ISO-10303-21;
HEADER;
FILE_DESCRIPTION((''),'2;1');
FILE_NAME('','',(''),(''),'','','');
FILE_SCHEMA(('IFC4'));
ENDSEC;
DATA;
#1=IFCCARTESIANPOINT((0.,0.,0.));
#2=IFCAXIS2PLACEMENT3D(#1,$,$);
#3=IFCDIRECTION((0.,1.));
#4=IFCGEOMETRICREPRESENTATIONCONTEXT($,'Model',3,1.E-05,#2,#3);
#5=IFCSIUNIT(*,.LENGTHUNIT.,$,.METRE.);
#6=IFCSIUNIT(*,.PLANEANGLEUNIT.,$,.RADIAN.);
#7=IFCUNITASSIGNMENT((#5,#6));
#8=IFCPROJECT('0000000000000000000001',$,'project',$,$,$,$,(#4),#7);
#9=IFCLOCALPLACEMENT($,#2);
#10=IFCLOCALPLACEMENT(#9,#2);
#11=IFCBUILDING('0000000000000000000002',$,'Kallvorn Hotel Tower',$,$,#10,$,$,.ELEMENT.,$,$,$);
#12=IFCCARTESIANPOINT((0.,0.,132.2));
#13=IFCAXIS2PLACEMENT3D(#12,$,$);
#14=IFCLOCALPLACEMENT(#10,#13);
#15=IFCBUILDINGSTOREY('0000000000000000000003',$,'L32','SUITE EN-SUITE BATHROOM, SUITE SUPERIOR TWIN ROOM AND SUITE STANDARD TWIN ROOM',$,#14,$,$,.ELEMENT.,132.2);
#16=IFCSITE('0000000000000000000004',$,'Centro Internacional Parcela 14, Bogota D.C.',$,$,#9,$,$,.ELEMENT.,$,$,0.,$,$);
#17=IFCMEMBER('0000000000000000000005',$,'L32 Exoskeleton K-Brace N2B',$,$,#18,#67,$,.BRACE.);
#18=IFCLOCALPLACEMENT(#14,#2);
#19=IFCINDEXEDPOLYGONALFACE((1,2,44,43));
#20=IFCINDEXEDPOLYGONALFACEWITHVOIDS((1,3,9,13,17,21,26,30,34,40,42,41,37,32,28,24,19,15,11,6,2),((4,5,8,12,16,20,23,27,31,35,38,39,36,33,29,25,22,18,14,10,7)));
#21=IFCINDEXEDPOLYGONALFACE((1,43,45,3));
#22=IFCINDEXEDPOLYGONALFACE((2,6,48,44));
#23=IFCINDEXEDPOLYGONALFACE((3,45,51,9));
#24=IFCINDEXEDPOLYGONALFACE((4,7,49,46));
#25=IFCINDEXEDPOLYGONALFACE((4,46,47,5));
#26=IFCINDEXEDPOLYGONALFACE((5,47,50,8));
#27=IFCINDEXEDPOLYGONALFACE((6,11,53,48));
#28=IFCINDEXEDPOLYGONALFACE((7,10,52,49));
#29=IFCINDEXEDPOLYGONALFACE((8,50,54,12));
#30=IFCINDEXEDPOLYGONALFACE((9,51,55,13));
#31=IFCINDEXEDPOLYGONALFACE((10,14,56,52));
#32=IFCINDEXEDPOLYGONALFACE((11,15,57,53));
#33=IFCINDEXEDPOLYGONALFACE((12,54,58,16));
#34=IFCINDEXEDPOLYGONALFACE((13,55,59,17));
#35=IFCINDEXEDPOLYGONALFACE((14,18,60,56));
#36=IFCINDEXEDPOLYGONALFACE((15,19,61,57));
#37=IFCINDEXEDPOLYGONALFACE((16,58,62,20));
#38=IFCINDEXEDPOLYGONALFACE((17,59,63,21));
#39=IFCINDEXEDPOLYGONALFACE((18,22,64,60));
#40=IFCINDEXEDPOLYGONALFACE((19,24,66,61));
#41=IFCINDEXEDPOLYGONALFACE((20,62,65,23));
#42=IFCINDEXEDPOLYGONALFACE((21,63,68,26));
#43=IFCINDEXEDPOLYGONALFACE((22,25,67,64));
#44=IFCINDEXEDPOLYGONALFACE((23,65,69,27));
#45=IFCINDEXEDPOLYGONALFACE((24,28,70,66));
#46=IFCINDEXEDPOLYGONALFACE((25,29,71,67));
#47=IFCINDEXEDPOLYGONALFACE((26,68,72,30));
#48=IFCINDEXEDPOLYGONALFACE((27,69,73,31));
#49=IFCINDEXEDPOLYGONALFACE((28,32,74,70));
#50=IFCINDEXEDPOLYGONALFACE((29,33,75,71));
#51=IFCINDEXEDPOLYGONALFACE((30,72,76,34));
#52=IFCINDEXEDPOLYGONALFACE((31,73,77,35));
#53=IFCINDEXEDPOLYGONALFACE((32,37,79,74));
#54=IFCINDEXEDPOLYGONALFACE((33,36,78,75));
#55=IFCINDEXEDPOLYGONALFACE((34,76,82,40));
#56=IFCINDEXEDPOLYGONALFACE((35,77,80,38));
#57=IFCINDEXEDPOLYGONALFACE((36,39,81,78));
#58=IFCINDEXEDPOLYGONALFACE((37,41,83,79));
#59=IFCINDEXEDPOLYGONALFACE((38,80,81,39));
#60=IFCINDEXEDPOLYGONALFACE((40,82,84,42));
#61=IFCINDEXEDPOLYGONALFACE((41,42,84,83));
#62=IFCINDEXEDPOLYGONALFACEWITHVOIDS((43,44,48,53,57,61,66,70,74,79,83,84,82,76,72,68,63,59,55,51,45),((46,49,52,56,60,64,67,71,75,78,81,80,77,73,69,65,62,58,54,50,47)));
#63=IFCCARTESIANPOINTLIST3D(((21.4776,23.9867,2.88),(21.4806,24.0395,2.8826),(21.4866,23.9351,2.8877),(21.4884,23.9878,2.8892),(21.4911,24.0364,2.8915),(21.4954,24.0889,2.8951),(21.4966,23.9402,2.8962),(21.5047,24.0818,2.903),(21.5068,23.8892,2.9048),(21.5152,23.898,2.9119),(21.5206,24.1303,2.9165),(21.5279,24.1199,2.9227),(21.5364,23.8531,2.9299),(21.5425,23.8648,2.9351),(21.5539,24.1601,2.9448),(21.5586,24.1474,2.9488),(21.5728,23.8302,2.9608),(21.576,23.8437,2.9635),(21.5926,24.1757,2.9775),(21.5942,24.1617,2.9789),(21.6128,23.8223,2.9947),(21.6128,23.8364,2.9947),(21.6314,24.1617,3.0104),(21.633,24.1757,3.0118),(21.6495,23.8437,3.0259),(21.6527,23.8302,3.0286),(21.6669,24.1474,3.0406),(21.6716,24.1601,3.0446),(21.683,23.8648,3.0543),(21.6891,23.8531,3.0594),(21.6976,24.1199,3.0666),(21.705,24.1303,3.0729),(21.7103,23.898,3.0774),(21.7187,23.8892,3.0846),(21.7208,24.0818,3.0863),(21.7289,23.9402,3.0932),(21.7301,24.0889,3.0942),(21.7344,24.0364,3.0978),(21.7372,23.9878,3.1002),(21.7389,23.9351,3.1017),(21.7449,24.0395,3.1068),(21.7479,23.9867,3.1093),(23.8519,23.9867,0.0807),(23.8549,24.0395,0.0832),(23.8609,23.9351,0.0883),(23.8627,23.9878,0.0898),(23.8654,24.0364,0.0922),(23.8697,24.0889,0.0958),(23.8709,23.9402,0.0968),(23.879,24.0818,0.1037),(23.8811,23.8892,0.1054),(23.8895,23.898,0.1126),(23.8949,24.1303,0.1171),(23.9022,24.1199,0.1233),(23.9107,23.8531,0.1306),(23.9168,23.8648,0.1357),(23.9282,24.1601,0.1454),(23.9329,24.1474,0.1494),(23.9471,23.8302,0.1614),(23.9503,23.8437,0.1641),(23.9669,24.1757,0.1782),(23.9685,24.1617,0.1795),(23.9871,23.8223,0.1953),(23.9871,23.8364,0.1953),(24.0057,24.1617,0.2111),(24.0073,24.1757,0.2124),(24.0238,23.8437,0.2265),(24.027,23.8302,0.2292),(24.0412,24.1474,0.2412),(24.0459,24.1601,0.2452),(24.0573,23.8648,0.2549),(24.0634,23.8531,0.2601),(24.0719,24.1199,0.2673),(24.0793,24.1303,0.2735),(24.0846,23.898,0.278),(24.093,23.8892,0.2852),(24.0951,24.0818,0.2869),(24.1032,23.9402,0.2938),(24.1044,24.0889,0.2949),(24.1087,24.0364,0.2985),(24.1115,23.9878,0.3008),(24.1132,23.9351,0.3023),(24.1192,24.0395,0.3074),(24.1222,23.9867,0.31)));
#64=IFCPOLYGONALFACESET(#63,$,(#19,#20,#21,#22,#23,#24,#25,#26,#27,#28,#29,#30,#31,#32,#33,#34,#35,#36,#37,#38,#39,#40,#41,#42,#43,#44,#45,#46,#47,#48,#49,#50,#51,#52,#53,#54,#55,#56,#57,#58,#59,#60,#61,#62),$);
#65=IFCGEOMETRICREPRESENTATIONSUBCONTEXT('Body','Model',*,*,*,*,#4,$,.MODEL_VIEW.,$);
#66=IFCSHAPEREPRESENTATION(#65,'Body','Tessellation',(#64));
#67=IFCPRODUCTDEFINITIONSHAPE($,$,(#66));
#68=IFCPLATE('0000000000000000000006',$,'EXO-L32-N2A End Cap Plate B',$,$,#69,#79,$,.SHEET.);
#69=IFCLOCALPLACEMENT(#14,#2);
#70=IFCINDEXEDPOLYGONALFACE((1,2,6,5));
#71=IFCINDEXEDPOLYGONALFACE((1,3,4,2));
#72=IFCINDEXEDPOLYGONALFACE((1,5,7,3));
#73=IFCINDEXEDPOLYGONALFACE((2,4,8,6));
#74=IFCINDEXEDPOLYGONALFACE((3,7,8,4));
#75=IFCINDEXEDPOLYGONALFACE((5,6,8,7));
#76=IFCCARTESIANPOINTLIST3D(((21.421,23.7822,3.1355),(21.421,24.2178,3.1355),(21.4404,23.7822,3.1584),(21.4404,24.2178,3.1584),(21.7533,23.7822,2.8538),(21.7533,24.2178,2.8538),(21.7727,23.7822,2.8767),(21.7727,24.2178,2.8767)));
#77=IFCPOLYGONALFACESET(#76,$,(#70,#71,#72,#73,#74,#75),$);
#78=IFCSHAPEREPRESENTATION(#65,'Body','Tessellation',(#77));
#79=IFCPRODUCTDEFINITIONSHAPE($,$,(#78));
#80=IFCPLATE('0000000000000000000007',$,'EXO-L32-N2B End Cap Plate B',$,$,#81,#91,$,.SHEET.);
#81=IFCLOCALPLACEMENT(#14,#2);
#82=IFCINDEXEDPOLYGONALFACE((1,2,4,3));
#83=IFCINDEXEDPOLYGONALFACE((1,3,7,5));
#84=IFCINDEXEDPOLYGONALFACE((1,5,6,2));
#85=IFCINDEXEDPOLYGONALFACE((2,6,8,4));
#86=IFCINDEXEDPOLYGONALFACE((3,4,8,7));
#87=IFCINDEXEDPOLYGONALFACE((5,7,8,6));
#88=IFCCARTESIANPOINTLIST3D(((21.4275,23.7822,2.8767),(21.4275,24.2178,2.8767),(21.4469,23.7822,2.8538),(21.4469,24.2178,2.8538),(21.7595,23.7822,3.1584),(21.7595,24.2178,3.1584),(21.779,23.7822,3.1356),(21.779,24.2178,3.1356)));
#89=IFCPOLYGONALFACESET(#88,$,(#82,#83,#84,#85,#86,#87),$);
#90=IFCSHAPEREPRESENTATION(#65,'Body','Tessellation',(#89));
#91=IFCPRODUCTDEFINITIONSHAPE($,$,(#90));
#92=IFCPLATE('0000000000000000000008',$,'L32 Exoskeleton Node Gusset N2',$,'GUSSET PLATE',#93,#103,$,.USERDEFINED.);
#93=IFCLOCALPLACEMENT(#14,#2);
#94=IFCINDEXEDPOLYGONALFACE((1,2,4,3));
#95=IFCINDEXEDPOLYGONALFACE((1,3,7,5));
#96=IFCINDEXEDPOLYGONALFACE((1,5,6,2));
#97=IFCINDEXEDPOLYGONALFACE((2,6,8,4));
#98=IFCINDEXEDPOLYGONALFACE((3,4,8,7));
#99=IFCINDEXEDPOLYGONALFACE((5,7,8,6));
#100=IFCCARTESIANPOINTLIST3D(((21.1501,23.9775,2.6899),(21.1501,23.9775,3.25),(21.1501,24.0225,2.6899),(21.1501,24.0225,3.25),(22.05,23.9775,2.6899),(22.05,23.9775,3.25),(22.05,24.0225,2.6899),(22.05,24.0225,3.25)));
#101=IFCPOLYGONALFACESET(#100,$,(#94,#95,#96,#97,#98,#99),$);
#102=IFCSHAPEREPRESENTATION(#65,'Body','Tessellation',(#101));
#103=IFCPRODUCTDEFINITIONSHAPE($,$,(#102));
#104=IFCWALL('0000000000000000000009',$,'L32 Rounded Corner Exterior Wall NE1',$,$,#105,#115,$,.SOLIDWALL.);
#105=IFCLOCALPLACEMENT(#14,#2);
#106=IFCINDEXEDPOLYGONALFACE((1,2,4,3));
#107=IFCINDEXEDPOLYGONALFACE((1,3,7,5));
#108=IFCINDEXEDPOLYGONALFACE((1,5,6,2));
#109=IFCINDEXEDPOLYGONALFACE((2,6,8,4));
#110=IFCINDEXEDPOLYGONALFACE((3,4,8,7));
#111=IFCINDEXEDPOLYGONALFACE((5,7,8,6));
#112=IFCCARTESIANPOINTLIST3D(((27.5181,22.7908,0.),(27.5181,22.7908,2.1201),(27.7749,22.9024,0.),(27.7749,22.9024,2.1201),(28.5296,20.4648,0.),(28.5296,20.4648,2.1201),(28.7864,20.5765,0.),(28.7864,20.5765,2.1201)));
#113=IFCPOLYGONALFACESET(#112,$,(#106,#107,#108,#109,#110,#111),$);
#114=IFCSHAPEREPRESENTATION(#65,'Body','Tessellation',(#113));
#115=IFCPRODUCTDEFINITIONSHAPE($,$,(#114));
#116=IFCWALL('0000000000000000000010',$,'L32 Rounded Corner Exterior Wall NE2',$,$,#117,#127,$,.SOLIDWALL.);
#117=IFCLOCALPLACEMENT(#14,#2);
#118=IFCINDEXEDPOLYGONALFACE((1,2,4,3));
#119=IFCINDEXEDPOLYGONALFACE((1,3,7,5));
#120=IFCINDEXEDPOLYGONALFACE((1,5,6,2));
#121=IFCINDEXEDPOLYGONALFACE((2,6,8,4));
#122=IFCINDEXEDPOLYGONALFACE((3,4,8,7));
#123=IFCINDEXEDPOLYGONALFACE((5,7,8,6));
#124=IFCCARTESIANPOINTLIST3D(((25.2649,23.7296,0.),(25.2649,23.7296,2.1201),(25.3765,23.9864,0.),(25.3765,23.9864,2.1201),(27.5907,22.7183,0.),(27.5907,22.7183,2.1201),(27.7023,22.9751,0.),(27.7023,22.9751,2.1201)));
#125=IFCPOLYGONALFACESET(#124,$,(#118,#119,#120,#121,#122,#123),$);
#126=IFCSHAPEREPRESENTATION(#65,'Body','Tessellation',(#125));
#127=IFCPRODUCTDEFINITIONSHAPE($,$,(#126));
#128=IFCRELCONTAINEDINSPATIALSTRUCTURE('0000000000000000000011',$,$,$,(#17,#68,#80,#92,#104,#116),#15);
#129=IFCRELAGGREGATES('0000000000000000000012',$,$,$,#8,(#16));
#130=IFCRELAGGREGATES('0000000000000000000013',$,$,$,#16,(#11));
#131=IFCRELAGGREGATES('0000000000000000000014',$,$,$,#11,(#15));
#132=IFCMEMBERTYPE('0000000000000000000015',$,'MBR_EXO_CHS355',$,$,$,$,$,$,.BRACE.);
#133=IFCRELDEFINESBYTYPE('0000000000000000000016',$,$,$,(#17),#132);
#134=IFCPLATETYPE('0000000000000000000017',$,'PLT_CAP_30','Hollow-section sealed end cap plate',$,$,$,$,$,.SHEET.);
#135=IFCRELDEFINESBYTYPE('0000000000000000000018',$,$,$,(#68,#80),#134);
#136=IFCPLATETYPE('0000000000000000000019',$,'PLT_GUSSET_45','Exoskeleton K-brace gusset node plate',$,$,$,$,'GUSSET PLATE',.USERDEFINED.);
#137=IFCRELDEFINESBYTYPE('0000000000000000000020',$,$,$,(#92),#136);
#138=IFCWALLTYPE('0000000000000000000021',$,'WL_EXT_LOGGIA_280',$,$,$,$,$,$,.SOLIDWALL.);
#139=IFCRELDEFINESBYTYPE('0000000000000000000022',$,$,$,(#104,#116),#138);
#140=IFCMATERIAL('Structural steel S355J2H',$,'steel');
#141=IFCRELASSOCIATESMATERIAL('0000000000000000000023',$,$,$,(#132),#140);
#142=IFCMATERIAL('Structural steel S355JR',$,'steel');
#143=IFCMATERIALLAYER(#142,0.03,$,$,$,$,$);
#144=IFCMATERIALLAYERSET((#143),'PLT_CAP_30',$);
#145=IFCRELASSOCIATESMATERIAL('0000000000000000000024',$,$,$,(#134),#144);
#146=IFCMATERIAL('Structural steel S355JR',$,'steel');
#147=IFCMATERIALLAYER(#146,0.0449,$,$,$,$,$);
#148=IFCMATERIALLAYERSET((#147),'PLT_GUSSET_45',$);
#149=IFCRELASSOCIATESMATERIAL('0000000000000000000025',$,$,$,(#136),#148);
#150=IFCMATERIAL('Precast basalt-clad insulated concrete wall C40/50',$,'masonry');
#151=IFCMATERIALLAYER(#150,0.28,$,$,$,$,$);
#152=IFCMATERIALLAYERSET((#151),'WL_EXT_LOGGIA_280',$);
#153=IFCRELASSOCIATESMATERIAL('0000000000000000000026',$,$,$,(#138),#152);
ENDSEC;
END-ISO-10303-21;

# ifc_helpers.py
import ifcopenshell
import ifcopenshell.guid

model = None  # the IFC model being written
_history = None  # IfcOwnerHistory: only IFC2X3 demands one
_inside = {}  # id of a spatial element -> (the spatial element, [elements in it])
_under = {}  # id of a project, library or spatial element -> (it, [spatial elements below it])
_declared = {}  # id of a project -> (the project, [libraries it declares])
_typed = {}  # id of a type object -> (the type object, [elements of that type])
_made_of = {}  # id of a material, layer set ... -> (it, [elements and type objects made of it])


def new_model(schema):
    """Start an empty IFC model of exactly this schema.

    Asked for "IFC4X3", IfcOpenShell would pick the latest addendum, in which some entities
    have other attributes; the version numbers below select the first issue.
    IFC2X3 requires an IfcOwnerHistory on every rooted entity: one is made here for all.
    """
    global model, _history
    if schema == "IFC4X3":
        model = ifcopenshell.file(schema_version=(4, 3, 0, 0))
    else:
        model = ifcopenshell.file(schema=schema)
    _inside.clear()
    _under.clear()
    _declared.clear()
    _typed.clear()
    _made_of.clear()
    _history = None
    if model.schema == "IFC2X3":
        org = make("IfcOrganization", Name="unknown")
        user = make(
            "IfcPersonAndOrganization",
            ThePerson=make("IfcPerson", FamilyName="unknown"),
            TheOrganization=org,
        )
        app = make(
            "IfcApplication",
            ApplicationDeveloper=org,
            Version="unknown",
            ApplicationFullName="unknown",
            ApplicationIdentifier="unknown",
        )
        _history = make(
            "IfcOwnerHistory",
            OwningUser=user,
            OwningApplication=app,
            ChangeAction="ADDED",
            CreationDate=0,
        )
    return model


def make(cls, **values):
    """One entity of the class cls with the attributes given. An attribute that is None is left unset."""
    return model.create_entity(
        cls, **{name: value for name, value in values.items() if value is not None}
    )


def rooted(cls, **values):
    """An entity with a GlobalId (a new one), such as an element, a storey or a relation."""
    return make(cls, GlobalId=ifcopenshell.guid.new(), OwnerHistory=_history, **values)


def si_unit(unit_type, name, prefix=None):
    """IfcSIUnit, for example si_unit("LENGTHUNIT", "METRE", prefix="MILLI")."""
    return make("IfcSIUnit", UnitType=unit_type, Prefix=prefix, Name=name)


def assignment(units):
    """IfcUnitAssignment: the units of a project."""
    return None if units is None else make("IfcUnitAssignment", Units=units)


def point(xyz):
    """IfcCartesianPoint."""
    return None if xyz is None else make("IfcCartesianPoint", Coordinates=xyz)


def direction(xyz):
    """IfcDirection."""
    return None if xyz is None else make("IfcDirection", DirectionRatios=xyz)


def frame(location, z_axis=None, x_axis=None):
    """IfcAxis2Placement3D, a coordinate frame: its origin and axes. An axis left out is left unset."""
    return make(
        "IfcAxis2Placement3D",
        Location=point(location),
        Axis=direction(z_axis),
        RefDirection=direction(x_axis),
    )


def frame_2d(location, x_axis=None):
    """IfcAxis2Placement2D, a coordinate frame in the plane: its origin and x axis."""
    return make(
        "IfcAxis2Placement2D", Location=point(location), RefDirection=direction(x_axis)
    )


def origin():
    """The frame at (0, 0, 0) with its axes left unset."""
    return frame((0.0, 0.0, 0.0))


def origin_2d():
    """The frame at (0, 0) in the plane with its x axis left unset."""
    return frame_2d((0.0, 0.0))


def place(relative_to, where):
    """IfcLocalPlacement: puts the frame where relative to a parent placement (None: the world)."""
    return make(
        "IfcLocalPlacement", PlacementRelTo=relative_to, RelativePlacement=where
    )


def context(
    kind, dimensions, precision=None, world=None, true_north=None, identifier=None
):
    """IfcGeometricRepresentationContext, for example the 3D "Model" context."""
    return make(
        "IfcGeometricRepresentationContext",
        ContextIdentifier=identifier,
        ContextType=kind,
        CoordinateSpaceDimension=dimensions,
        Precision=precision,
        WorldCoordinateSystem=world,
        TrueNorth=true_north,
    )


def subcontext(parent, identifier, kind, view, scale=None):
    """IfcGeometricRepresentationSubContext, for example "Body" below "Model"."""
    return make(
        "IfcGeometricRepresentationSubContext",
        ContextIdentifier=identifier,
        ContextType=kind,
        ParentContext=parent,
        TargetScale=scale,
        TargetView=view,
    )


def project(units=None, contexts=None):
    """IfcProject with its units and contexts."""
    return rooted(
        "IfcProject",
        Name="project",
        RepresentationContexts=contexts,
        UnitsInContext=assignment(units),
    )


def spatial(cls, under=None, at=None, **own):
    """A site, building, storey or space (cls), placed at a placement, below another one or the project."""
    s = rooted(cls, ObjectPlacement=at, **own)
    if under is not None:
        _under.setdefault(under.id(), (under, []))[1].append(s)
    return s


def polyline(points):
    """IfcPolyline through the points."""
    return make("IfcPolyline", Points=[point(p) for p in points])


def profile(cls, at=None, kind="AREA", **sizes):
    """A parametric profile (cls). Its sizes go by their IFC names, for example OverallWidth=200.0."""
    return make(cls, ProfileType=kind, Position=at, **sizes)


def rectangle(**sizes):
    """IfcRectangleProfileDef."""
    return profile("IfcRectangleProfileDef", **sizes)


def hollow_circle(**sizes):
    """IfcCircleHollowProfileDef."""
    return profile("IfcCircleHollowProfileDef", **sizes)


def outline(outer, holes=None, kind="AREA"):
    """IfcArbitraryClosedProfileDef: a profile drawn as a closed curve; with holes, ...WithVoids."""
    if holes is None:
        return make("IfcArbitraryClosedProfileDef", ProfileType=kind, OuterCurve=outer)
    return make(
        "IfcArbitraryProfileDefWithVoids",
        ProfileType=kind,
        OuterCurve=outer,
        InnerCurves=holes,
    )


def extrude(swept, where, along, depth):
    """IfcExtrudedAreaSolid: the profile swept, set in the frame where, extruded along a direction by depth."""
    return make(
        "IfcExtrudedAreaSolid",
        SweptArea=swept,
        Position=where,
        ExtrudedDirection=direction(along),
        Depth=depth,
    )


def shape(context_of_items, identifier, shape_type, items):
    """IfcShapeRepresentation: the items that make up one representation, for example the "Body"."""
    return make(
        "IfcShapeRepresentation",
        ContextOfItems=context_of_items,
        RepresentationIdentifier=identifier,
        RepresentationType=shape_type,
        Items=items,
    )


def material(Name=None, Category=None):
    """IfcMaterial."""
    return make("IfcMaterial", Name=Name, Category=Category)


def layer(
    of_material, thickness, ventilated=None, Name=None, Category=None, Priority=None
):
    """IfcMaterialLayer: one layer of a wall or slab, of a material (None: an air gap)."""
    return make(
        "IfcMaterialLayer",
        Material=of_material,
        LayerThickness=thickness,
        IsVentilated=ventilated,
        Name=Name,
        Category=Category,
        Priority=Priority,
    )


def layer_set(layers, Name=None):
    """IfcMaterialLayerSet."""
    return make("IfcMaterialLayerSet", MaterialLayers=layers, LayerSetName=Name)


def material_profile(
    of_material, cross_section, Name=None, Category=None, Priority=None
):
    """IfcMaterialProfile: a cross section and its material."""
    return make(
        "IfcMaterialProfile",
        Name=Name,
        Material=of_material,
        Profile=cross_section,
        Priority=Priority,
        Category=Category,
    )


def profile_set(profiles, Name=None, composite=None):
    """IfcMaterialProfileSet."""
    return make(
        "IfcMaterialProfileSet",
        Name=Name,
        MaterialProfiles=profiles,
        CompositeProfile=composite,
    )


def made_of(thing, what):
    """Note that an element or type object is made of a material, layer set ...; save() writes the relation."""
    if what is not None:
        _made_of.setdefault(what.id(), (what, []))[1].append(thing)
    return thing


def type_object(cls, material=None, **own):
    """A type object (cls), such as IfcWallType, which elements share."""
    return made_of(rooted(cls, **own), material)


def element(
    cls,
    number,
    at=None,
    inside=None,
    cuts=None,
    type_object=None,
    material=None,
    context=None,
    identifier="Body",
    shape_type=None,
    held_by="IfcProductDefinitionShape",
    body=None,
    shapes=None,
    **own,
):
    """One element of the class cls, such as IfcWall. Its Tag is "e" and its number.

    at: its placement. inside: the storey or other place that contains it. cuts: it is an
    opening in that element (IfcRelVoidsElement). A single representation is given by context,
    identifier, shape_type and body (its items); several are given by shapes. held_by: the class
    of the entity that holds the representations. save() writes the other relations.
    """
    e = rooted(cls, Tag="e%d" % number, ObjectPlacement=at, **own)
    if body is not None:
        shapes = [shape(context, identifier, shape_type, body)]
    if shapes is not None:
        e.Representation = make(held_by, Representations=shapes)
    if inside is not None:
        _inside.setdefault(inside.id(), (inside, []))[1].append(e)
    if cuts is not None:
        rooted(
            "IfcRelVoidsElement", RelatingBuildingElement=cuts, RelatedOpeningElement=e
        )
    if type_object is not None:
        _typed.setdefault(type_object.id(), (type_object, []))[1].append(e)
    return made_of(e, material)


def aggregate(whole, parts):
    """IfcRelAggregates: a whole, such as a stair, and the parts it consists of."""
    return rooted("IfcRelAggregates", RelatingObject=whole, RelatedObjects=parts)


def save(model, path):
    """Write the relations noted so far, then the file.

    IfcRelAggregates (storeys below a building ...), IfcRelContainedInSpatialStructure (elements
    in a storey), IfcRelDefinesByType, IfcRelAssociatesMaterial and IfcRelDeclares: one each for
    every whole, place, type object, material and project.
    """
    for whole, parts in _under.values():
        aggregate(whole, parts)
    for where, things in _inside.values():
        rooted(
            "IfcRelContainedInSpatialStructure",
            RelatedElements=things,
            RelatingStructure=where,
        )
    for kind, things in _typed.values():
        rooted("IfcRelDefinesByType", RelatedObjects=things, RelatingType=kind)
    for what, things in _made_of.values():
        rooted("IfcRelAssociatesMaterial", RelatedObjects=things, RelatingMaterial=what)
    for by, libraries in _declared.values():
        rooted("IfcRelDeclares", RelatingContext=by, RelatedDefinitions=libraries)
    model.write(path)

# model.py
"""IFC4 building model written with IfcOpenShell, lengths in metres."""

from ifc_helpers import new_model, si_unit, direction, frame, frame_2d, origin, origin_2d, place, context, subcontext, project, spatial, polyline, rectangle, hollow_circle, outline, extrude, material, layer, layer_set, material_profile, profile_set, type_object, element, save


model = new_model("IFC4")

# Units and contexts
model_context = context("Model", 3, precision=1e-05, world=origin(), true_north=direction((0.0, 1.0)))
body_context = subcontext(model_context, "Body", "Model", "MODEL_VIEW")
ifc_project = project(units=[si_unit("LENGTHUNIT", "METRE"), si_unit("PLANEANGLEUNIT", "RADIAN")], contexts=[model_context])

# Site, building, storey
site_placement = place(None, origin())
site = spatial("IfcSite", under=ifc_project, at=site_placement, Name="Centro Internacional Parcela 14, Bogota D.C.", CompositionType="ELEMENT", RefElevation=0.0)
building_placement = place(site_placement, origin())
building = spatial("IfcBuilding", under=site, at=building_placement, Name="Kallvorn Hotel Tower", CompositionType="ELEMENT")
storey_placement = place(building_placement, frame((0.0, 0.0, 132.2)))
storey = spatial("IfcBuildingStorey", under=building, at=storey_placement, Name="L32", Description="SUITE EN-SUITE BATHROOM, SUITE SUPERIOR TWIN ROOM AND SUITE STANDARD TWIN ROOM", CompositionType="ELEMENT", Elevation=132.2)

# Member
ifc_material_1 = material(Name="Structural steel S355J2H", Category="steel")
ifc_material_profile_1 = material_profile(ifc_material_1, hollow_circle(Radius=0.1777, WallThickness=0.0142, at=origin_2d()), Name="CHS 355.6x14.2")
ifc_profile_set_1 = profile_set([ifc_material_profile_1], Name="Structural steel S355J2H")
member_type_1 = type_object("IfcMemberType", Name="MBR_EXO_CHS355", PredefinedType="BRACE", material=ifc_profile_set_1)
for number, where, z_axis, x_axis, name in (
    (1, (23.9871, 24.0, 0.1953), (-0.646833, 0.0, 0.762631), (0.0, -1.0, 0.0), "L32 Exoskeleton K-Brace N2B"),
):
    element("IfcMember", number, at=place(storey_placement, frame(where, z_axis=z_axis, x_axis=x_axis)), inside=storey, type_object=member_type_1, Name=name, PredefinedType="BRACE", context=body_context, shape_type="SweptSolid", body=[
        extrude(hollow_circle(Radius=0.1777, WallThickness=0.0142, at=origin_2d()), origin(), (0.0, 0.0, 1.0), 3.6707),
    ])

# Plates
ifc_material_2 = material(Name="Structural steel S355JR", Category="steel")
ifc_layer_1 = layer(ifc_material_2, 0.03)
ifc_layer_set_1 = layer_set([ifc_layer_1], Name="PLT_CAP_30")
plate_type_1 = type_object("IfcPlateType", Name="PLT_CAP_30", Description="Hollow-section sealed end cap plate", PredefinedType="SHEET", material=ifc_layer_set_1)
plate_1_placement = place(storey_placement, frame((21.7727, 23.7822, 2.8767), z_axis=(0.646721, 0.0, 0.762727), x_axis=(0.0, 1.0, 0.0)))
element("IfcPlate", 2, at=plate_1_placement, inside=storey, type_object=plate_type_1, Name="EXO-L32-N2A End Cap Plate B", PredefinedType="SHEET", context=body_context, shape_type="SweptSolid", body=[
    extrude(outline(polyline([(0.0, 0.0), (0.4355, 0.0), (0.4355, 0.4356), (0.0, 0.4356), (0.0, 0.0)])), origin(), (0.0, 0.0, -1.0), 0.03),
])
plate_2_placement = place(storey_placement, frame((21.4275, 24.2178, 2.8767), z_axis=(-0.646997, 0.0, 0.762492), x_axis=(0.0, -1.0, 0.0)))
element("IfcPlate", 3, at=plate_2_placement, inside=storey, type_object=plate_type_1, Name="EXO-L32-N2B End Cap Plate B", PredefinedType="SHEET", context=body_context, shape_type="SweptSolid", body=[
    extrude(outline(polyline([(0.0, 0.0), (0.4355, 0.0), (0.4355, 0.4355), (0.0, 0.4355), (0.0, 0.0)])), origin(), (0.0, 0.0, -1.0), 0.03),
])
ifc_material_3 = material(Name="Structural steel S355JR", Category="steel")
ifc_layer_2 = layer(ifc_material_3, 0.0449)
ifc_layer_set_2 = layer_set([ifc_layer_2], Name="PLT_GUSSET_45")
plate_type_2 = type_object("IfcPlateType", Name="PLT_GUSSET_45", Description="Exoskeleton K-brace gusset node plate", ElementType="GUSSET PLATE", PredefinedType="USERDEFINED", material=ifc_layer_set_2)
plate_3_placement = place(storey_placement, frame((21.6001, 24.0, 2.6899), z_axis=(0.0, 0.0, 1.0), x_axis=(1.0, 0.0, 0.0)))
element("IfcPlate", 4, at=plate_3_placement, inside=storey, type_object=plate_type_2, Name="L32 Exoskeleton Node Gusset N2", ObjectType="GUSSET PLATE", PredefinedType="USERDEFINED", context=body_context, shape_type="SweptSolid", body=[
    extrude(rectangle(XDim=0.8999, YDim=0.0449, at=origin_2d()), origin(), (0.0, 0.0, 1.0), 0.5601),
])

# Walls
ifc_material_4 = material(Name="Precast basalt-clad insulated concrete wall C40/50", Category="masonry")
ifc_layer_3 = layer(ifc_material_4, 0.28)
ifc_layer_set_3 = layer_set([ifc_layer_3], Name="WL_EXT_LOGGIA_280")
wall_type = type_object("IfcWallType", Name="WL_EXT_LOGGIA_280", PredefinedType="SOLIDWALL", material=ifc_layer_set_3)
wall_1_placement = place(storey_placement, frame((28.658, 20.5208, 0.0), z_axis=(0.0, 0.0, 1.0), x_axis=(-0.398793, 0.917041, 0.0)))
element("IfcWall", 5, at=wall_1_placement, inside=storey, type_object=wall_type, Name="L32 Rounded Corner Exterior Wall NE1", PredefinedType="SOLIDWALL", context=body_context, shape_type="SweptSolid", body=[
    extrude(rectangle(XDim=2.5364, YDim=0.28, at=frame_2d((1.2681, 0.0))), origin(), (0.0, 0.0, 1.0), 2.1201),
])
wall_2_placement = place(storey_placement, frame((27.6465, 22.8467, 0.0), z_axis=(0.0, 0.0, 1.0), x_axis=(-0.917061, 0.398747, 0.0)))
element("IfcWall", 6, at=wall_2_placement, inside=storey, type_object=wall_type, Name="L32 Rounded Corner Exterior Wall NE2", PredefinedType="SOLIDWALL", context=body_context, shape_type="SweptSolid", body=[
    extrude(rectangle(XDim=2.5361, YDim=0.28, at=frame_2d((1.2681, 0.0))), origin(), (0.0, 0.0, 1.0), 2.1201),
])

save(model, "model.ifc")
